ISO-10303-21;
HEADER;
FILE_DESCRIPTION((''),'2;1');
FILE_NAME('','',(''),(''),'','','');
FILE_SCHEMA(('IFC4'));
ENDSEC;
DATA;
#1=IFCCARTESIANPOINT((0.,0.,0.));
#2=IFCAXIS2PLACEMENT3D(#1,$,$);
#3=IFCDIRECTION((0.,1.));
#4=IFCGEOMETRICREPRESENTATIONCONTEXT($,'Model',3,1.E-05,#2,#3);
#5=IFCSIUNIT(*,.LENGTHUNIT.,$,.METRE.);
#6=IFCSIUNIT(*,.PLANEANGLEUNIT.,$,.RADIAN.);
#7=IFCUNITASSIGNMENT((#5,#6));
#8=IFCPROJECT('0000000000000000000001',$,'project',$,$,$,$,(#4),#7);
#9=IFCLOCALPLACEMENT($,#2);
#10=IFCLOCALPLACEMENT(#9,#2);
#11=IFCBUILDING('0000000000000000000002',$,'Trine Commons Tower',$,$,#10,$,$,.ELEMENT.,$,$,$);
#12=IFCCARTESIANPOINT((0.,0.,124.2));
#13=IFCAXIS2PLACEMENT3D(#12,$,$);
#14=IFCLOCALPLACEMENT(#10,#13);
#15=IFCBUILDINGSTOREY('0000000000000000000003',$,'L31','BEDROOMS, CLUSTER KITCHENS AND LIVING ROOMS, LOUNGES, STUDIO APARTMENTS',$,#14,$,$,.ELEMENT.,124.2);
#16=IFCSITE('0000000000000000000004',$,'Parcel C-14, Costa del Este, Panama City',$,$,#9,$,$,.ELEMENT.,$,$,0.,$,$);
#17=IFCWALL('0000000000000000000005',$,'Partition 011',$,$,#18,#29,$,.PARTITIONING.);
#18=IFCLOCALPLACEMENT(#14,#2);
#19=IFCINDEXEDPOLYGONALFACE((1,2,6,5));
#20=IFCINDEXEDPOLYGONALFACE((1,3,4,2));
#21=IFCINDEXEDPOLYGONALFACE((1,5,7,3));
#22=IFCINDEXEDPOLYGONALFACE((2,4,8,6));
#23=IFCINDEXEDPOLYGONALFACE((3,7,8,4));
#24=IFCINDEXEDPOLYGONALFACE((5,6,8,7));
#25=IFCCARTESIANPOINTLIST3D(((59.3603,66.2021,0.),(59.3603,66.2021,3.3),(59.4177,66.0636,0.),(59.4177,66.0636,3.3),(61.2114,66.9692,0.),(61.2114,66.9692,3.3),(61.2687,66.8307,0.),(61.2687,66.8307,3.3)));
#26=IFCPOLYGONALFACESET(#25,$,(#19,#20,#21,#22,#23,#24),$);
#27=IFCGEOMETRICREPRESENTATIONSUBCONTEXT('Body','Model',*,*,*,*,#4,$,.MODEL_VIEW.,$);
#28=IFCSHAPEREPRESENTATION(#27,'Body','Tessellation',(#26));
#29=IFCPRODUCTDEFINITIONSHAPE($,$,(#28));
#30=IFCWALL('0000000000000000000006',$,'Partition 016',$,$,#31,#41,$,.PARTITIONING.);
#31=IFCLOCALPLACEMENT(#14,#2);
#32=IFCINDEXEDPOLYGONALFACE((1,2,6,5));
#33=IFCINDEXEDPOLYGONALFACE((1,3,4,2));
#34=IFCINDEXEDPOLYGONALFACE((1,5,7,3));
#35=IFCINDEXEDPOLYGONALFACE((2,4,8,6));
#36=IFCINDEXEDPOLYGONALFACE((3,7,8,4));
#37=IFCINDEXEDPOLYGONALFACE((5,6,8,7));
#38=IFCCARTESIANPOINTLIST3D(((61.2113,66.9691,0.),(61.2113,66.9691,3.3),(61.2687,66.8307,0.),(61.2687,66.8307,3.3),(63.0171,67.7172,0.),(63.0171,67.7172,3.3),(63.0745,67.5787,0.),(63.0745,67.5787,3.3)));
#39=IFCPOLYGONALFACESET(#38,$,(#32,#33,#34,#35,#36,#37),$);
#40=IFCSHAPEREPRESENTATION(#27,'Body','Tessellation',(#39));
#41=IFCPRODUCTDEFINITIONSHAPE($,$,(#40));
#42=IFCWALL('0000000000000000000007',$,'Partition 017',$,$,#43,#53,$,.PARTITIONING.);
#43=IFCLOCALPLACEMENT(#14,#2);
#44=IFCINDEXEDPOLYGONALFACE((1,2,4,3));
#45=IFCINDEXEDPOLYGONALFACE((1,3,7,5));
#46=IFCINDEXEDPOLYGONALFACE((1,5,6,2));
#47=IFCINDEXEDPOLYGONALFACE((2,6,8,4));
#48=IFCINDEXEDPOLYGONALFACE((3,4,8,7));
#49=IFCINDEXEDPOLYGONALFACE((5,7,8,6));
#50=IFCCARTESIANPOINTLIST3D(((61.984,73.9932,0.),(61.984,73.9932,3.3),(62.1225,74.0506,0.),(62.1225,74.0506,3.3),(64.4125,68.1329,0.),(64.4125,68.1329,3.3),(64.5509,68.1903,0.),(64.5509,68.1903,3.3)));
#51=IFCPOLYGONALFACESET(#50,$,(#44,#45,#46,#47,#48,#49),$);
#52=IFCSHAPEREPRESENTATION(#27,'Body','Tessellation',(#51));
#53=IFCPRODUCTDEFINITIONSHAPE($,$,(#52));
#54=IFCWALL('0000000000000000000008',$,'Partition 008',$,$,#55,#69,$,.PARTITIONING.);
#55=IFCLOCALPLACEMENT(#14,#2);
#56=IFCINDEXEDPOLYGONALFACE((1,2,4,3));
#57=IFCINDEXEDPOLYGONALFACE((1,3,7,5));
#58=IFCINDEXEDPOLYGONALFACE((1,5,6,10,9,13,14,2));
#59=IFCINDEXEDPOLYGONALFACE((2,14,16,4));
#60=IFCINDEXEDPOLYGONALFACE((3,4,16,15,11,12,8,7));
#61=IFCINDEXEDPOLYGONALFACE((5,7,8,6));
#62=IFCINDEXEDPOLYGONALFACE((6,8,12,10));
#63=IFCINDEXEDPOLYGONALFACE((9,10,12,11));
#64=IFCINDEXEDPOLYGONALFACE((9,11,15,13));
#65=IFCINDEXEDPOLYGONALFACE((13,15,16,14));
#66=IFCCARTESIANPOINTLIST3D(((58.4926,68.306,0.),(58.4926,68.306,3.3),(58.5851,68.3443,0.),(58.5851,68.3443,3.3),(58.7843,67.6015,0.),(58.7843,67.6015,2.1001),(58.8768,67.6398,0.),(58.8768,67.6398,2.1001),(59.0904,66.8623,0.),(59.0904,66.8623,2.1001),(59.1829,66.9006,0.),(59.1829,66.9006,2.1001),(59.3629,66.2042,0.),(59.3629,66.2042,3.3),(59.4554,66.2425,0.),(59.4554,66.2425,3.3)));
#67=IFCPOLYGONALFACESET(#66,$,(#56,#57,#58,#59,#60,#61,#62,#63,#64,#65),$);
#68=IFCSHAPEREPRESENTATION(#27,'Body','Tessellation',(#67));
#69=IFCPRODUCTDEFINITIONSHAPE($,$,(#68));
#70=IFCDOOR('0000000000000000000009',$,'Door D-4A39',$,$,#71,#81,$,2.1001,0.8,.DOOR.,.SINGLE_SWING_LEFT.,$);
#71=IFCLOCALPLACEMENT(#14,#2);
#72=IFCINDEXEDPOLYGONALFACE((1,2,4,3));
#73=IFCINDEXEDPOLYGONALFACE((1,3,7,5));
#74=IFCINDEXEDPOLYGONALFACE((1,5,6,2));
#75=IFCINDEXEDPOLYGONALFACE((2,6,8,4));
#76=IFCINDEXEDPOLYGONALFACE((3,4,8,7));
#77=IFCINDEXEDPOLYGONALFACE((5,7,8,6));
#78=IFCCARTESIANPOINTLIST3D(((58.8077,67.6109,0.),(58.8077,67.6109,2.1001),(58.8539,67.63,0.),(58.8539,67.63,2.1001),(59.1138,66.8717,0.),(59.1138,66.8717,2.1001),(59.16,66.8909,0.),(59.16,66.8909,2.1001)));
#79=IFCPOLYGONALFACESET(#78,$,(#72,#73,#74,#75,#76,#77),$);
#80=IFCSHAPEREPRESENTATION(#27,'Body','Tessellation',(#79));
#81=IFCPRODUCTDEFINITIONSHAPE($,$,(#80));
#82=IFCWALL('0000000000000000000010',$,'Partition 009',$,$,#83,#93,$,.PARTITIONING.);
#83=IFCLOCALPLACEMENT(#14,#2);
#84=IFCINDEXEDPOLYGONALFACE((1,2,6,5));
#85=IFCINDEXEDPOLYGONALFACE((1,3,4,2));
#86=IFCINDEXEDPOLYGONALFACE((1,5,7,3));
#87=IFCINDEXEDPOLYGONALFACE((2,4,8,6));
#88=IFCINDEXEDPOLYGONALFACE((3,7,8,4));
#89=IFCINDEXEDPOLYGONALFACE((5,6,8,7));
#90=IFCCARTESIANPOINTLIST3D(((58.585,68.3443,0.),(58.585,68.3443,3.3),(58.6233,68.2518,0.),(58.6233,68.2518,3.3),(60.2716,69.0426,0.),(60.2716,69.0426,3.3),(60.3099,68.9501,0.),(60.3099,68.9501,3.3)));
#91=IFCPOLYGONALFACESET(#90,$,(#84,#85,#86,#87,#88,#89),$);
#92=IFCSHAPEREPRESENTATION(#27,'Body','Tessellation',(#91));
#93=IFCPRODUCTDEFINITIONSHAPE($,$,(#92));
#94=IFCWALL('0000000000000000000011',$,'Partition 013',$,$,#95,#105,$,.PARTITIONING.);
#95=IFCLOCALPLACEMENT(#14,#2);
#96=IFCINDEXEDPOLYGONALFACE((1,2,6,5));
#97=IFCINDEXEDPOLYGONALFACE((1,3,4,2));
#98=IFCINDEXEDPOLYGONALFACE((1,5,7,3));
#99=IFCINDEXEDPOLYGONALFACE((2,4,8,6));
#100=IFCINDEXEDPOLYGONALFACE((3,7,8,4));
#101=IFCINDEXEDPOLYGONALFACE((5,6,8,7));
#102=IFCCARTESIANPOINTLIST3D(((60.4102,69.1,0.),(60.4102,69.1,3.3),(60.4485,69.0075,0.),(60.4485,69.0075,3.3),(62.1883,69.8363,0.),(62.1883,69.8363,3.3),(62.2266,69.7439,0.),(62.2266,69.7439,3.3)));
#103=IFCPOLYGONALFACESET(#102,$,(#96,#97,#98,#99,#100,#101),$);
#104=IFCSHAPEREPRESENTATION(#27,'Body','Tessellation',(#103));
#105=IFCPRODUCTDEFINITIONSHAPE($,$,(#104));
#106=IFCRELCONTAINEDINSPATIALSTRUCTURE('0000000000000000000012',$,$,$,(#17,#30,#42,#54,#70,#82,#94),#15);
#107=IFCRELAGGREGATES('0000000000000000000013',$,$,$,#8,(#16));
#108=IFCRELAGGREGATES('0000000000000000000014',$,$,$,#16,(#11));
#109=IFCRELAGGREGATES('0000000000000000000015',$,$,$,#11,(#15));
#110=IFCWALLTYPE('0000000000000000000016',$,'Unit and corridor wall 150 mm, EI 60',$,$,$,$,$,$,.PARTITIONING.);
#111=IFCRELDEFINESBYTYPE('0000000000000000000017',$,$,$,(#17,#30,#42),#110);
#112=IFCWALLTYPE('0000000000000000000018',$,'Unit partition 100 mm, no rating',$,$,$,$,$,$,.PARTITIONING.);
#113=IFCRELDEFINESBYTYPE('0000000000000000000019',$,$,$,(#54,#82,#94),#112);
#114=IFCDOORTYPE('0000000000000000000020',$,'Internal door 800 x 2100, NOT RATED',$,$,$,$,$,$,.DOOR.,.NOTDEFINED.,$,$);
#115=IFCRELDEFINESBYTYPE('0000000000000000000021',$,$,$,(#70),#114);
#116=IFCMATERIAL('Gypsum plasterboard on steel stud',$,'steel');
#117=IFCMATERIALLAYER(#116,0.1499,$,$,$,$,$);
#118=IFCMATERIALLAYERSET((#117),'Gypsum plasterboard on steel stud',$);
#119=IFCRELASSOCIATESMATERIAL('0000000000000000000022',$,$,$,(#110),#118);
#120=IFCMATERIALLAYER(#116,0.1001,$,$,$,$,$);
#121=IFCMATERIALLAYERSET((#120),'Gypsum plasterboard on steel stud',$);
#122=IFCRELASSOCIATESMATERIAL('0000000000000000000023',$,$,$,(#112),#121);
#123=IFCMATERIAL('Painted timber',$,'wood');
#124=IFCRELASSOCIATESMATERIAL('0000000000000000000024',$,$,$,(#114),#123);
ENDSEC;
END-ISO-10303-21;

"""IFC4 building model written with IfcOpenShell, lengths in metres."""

from ifc_helpers import new_model, si_unit, direction, frame, frame_2d, origin, place, context, subcontext, project, spatial, rectangle, extrude, material, layer, layer_set, type_object, element, fill, save


model = new_model("IFC4")

# Units and contexts
model_context = context("Model", 3, precision=1e-05, world=origin(), true_north=direction((0.0, 1.0)))
body_context = subcontext(model_context, "Body", "Model", "MODEL_VIEW")
ifc_project = project(units=[si_unit("LENGTHUNIT", "METRE"), si_unit("PLANEANGLEUNIT", "RADIAN")], contexts=[model_context])

# Site, building, storey
site_placement = place(None, origin())
site = spatial("IfcSite", under=ifc_project, at=site_placement, Name="Parcel C-14, Costa del Este, Panama City", CompositionType="ELEMENT", RefElevation=0.0)
building_placement = place(site_placement, origin())
building = spatial("IfcBuilding", under=site, at=building_placement, Name="Trine Commons Tower", CompositionType="ELEMENT")
storey_placement = place(building_placement, frame((0.0, 0.0, 124.2)))
storey = spatial("IfcBuildingStorey", under=building, at=storey_placement, Name="L31", Description="BEDROOMS, CLUSTER KITCHENS AND LIVING ROOMS, LOUNGES, STUDIO APARTMENTS", CompositionType="ELEMENT", Elevation=124.2)

# Shared definitions
ifc_material_1 = material(Name="Gypsum plasterboard on steel stud", Category="steel")
ifc_layer_1 = layer(ifc_material_1, 0.1499)
ifc_layer_set_1 = layer_set([ifc_layer_1], Name="Gypsum plasterboard on steel stud")
wall_type_1 = type_object("IfcWallType", Name="Unit and corridor wall 150 mm, EI 60", PredefinedType="PARTITIONING", material=ifc_layer_set_1)

# Walls
wall_1_placement = place(storey_placement, frame((59.3889, 66.1328, 0.0), z_axis=(0.0, 0.0, 1.0), x_axis=(0.923818, 0.382832, 0.0)))
element("IfcWall", 1, at=wall_1_placement, inside=storey, type_object=wall_type_1, Name="Partition 011", PredefinedType="PARTITIONING", context=body_context, shape_type="SweptSolid", body=[
    extrude(rectangle(XDim=2.0037, YDim=0.1499, at=frame_2d((1.002, 0.0))), origin(), (0.0, 0.0, 1.0), 3.3),
])
wall_2_placement = place(storey_placement, frame((61.24, 66.8999, 0.0), z_axis=(0.0, 0.0, 1.0), x_axis=(0.923877, 0.38269, 0.0)))
element("IfcWall", 2, at=wall_2_placement, inside=storey, type_object=wall_type_1, Name="Partition 016", PredefinedType="PARTITIONING", context=body_context, shape_type="SweptSolid", body=[
    extrude(rectangle(XDim=1.9546, YDim=0.1499, at=frame_2d((0.9773, 0.0))), origin(), (0.0, 0.0, 1.0), 3.3),
])
wall_3_placement = place(storey_placement, frame((62.0532, 74.022, 0.0), z_axis=(0.0, 0.0, 1.0), x_axis=(0.382822, -0.923822, 0.0)))
element("IfcWall", 3, at=wall_3_placement, inside=storey, type_object=wall_type_1, Name="Partition 017", PredefinedType="PARTITIONING", context=body_context, shape_type="SweptSolid", body=[
    extrude(rectangle(XDim=6.3435, YDim=0.1499, at=frame_2d((3.1719, 0.0))), origin(), (0.0, 0.0, 1.0), 3.3),
])

# Wall, opening, door
ifc_layer_2 = layer(ifc_material_1, 0.1001)
ifc_layer_set_2 = layer_set([ifc_layer_2], Name="Gypsum plasterboard on steel stud")
wall_type_2 = type_object("IfcWallType", Name="Unit partition 100 mm, no rating", PredefinedType="PARTITIONING", material=ifc_layer_set_2)
wall_4_placement = place(storey_placement, frame((58.5388, 68.3252, 0.0), z_axis=(0.0, 0.0, 1.0), x_axis=(0.382595, -0.923916, 0.0)))
wall_4 = element("IfcWall", 4, at=wall_4_placement, inside=storey, type_object=wall_type_2, Name="Partition 008", PredefinedType="PARTITIONING", context=body_context, shape_type="SweptSolid", body=[
    extrude(rectangle(XDim=2.2749, YDim=0.1001, at=frame_2d((1.1375, 0.0))), origin(), (0.0, 0.0, 1.0), 3.3),
])
opening_1_placement = place(wall_4_placement, frame((0.7627, 0.0, 0.0)))
opening_1 = element("IfcOpeningElement", 5, at=opening_1_placement, cuts=wall_4, PredefinedType="OPENING", context=body_context, shape_type="SweptSolid", body=[
    extrude(rectangle(XDim=0.8, YDim=2.1001, at=frame_2d((0.3999, 1.05))), frame((0.0, 0.0601, 0.0), z_axis=(0.0, -1.0, 0.0), x_axis=(1.0, 0.0, 0.0)), (0.0, 0.0, 1.0), 0.1201),
])
ifc_material_2 = material(Name="Painted timber", Category="wood")
door_type_1 = type_object("IfcDoorType", Name="Internal door 800 x 2100, NOT RATED", OperationType="NOTDEFINED", PredefinedType="DOOR", material=ifc_material_2)
door_1_placement = place(opening_1_placement, frame((0.8, 0.0, 0.0), z_axis=(0.0, 0.0, 1.0), x_axis=(-1.0, 0.0, 0.0)))
door_1 = element("IfcDoor", 6, at=door_1_placement, inside=storey, type_object=door_type_1, Name="Door D-4A39", OperationType="SINGLE_SWING_LEFT", OverallHeight=2.1001, OverallWidth=0.8, PredefinedType="DOOR", context=body_context, shape_type="SweptSolid", body=[
    extrude(rectangle(XDim=0.8, YDim=2.1001, at=frame_2d((0.3999, 1.05))), frame((0.0, 0.0249, 0.0), z_axis=(0.0, -1.0, 0.0), x_axis=(1.0, 0.0, 0.0)), (0.0, 0.0, 1.0), 0.05),
])
fill(opening_1, door_1)

# Walls
wall_5_placement = place(storey_placement, frame((58.6042, 68.2981, 0.0), z_axis=(0.0, 0.0, 1.0), x_axis=(0.923945, 0.382525, 0.0)))
element("IfcWall", 7, at=wall_5_placement, inside=storey, type_object=wall_type_2, Name="Partition 009", PredefinedType="PARTITIONING", context=body_context, shape_type="SweptSolid", body=[
    extrude(rectangle(XDim=1.8254, YDim=0.1001, at=frame_2d((0.9126, 0.0))), origin(), (0.0, 0.0, 1.0), 3.3),
])
wall_6_placement = place(storey_placement, frame((60.4292, 69.0537, 0.0), z_axis=(0.0, 0.0, 1.0), x_axis=(0.923912, 0.382606, 0.0)))
element("IfcWall", 8, at=wall_6_placement, inside=storey, type_object=wall_type_2, Name="Partition 013", PredefinedType="PARTITIONING", context=body_context, shape_type="SweptSolid", body=[
    extrude(rectangle(XDim=1.9246, YDim=0.1001, at=frame_2d((0.9624, 0.0))), origin(), (0.0, 0.0, 1.0), 3.3),
])

save(model, "model.ifc")
